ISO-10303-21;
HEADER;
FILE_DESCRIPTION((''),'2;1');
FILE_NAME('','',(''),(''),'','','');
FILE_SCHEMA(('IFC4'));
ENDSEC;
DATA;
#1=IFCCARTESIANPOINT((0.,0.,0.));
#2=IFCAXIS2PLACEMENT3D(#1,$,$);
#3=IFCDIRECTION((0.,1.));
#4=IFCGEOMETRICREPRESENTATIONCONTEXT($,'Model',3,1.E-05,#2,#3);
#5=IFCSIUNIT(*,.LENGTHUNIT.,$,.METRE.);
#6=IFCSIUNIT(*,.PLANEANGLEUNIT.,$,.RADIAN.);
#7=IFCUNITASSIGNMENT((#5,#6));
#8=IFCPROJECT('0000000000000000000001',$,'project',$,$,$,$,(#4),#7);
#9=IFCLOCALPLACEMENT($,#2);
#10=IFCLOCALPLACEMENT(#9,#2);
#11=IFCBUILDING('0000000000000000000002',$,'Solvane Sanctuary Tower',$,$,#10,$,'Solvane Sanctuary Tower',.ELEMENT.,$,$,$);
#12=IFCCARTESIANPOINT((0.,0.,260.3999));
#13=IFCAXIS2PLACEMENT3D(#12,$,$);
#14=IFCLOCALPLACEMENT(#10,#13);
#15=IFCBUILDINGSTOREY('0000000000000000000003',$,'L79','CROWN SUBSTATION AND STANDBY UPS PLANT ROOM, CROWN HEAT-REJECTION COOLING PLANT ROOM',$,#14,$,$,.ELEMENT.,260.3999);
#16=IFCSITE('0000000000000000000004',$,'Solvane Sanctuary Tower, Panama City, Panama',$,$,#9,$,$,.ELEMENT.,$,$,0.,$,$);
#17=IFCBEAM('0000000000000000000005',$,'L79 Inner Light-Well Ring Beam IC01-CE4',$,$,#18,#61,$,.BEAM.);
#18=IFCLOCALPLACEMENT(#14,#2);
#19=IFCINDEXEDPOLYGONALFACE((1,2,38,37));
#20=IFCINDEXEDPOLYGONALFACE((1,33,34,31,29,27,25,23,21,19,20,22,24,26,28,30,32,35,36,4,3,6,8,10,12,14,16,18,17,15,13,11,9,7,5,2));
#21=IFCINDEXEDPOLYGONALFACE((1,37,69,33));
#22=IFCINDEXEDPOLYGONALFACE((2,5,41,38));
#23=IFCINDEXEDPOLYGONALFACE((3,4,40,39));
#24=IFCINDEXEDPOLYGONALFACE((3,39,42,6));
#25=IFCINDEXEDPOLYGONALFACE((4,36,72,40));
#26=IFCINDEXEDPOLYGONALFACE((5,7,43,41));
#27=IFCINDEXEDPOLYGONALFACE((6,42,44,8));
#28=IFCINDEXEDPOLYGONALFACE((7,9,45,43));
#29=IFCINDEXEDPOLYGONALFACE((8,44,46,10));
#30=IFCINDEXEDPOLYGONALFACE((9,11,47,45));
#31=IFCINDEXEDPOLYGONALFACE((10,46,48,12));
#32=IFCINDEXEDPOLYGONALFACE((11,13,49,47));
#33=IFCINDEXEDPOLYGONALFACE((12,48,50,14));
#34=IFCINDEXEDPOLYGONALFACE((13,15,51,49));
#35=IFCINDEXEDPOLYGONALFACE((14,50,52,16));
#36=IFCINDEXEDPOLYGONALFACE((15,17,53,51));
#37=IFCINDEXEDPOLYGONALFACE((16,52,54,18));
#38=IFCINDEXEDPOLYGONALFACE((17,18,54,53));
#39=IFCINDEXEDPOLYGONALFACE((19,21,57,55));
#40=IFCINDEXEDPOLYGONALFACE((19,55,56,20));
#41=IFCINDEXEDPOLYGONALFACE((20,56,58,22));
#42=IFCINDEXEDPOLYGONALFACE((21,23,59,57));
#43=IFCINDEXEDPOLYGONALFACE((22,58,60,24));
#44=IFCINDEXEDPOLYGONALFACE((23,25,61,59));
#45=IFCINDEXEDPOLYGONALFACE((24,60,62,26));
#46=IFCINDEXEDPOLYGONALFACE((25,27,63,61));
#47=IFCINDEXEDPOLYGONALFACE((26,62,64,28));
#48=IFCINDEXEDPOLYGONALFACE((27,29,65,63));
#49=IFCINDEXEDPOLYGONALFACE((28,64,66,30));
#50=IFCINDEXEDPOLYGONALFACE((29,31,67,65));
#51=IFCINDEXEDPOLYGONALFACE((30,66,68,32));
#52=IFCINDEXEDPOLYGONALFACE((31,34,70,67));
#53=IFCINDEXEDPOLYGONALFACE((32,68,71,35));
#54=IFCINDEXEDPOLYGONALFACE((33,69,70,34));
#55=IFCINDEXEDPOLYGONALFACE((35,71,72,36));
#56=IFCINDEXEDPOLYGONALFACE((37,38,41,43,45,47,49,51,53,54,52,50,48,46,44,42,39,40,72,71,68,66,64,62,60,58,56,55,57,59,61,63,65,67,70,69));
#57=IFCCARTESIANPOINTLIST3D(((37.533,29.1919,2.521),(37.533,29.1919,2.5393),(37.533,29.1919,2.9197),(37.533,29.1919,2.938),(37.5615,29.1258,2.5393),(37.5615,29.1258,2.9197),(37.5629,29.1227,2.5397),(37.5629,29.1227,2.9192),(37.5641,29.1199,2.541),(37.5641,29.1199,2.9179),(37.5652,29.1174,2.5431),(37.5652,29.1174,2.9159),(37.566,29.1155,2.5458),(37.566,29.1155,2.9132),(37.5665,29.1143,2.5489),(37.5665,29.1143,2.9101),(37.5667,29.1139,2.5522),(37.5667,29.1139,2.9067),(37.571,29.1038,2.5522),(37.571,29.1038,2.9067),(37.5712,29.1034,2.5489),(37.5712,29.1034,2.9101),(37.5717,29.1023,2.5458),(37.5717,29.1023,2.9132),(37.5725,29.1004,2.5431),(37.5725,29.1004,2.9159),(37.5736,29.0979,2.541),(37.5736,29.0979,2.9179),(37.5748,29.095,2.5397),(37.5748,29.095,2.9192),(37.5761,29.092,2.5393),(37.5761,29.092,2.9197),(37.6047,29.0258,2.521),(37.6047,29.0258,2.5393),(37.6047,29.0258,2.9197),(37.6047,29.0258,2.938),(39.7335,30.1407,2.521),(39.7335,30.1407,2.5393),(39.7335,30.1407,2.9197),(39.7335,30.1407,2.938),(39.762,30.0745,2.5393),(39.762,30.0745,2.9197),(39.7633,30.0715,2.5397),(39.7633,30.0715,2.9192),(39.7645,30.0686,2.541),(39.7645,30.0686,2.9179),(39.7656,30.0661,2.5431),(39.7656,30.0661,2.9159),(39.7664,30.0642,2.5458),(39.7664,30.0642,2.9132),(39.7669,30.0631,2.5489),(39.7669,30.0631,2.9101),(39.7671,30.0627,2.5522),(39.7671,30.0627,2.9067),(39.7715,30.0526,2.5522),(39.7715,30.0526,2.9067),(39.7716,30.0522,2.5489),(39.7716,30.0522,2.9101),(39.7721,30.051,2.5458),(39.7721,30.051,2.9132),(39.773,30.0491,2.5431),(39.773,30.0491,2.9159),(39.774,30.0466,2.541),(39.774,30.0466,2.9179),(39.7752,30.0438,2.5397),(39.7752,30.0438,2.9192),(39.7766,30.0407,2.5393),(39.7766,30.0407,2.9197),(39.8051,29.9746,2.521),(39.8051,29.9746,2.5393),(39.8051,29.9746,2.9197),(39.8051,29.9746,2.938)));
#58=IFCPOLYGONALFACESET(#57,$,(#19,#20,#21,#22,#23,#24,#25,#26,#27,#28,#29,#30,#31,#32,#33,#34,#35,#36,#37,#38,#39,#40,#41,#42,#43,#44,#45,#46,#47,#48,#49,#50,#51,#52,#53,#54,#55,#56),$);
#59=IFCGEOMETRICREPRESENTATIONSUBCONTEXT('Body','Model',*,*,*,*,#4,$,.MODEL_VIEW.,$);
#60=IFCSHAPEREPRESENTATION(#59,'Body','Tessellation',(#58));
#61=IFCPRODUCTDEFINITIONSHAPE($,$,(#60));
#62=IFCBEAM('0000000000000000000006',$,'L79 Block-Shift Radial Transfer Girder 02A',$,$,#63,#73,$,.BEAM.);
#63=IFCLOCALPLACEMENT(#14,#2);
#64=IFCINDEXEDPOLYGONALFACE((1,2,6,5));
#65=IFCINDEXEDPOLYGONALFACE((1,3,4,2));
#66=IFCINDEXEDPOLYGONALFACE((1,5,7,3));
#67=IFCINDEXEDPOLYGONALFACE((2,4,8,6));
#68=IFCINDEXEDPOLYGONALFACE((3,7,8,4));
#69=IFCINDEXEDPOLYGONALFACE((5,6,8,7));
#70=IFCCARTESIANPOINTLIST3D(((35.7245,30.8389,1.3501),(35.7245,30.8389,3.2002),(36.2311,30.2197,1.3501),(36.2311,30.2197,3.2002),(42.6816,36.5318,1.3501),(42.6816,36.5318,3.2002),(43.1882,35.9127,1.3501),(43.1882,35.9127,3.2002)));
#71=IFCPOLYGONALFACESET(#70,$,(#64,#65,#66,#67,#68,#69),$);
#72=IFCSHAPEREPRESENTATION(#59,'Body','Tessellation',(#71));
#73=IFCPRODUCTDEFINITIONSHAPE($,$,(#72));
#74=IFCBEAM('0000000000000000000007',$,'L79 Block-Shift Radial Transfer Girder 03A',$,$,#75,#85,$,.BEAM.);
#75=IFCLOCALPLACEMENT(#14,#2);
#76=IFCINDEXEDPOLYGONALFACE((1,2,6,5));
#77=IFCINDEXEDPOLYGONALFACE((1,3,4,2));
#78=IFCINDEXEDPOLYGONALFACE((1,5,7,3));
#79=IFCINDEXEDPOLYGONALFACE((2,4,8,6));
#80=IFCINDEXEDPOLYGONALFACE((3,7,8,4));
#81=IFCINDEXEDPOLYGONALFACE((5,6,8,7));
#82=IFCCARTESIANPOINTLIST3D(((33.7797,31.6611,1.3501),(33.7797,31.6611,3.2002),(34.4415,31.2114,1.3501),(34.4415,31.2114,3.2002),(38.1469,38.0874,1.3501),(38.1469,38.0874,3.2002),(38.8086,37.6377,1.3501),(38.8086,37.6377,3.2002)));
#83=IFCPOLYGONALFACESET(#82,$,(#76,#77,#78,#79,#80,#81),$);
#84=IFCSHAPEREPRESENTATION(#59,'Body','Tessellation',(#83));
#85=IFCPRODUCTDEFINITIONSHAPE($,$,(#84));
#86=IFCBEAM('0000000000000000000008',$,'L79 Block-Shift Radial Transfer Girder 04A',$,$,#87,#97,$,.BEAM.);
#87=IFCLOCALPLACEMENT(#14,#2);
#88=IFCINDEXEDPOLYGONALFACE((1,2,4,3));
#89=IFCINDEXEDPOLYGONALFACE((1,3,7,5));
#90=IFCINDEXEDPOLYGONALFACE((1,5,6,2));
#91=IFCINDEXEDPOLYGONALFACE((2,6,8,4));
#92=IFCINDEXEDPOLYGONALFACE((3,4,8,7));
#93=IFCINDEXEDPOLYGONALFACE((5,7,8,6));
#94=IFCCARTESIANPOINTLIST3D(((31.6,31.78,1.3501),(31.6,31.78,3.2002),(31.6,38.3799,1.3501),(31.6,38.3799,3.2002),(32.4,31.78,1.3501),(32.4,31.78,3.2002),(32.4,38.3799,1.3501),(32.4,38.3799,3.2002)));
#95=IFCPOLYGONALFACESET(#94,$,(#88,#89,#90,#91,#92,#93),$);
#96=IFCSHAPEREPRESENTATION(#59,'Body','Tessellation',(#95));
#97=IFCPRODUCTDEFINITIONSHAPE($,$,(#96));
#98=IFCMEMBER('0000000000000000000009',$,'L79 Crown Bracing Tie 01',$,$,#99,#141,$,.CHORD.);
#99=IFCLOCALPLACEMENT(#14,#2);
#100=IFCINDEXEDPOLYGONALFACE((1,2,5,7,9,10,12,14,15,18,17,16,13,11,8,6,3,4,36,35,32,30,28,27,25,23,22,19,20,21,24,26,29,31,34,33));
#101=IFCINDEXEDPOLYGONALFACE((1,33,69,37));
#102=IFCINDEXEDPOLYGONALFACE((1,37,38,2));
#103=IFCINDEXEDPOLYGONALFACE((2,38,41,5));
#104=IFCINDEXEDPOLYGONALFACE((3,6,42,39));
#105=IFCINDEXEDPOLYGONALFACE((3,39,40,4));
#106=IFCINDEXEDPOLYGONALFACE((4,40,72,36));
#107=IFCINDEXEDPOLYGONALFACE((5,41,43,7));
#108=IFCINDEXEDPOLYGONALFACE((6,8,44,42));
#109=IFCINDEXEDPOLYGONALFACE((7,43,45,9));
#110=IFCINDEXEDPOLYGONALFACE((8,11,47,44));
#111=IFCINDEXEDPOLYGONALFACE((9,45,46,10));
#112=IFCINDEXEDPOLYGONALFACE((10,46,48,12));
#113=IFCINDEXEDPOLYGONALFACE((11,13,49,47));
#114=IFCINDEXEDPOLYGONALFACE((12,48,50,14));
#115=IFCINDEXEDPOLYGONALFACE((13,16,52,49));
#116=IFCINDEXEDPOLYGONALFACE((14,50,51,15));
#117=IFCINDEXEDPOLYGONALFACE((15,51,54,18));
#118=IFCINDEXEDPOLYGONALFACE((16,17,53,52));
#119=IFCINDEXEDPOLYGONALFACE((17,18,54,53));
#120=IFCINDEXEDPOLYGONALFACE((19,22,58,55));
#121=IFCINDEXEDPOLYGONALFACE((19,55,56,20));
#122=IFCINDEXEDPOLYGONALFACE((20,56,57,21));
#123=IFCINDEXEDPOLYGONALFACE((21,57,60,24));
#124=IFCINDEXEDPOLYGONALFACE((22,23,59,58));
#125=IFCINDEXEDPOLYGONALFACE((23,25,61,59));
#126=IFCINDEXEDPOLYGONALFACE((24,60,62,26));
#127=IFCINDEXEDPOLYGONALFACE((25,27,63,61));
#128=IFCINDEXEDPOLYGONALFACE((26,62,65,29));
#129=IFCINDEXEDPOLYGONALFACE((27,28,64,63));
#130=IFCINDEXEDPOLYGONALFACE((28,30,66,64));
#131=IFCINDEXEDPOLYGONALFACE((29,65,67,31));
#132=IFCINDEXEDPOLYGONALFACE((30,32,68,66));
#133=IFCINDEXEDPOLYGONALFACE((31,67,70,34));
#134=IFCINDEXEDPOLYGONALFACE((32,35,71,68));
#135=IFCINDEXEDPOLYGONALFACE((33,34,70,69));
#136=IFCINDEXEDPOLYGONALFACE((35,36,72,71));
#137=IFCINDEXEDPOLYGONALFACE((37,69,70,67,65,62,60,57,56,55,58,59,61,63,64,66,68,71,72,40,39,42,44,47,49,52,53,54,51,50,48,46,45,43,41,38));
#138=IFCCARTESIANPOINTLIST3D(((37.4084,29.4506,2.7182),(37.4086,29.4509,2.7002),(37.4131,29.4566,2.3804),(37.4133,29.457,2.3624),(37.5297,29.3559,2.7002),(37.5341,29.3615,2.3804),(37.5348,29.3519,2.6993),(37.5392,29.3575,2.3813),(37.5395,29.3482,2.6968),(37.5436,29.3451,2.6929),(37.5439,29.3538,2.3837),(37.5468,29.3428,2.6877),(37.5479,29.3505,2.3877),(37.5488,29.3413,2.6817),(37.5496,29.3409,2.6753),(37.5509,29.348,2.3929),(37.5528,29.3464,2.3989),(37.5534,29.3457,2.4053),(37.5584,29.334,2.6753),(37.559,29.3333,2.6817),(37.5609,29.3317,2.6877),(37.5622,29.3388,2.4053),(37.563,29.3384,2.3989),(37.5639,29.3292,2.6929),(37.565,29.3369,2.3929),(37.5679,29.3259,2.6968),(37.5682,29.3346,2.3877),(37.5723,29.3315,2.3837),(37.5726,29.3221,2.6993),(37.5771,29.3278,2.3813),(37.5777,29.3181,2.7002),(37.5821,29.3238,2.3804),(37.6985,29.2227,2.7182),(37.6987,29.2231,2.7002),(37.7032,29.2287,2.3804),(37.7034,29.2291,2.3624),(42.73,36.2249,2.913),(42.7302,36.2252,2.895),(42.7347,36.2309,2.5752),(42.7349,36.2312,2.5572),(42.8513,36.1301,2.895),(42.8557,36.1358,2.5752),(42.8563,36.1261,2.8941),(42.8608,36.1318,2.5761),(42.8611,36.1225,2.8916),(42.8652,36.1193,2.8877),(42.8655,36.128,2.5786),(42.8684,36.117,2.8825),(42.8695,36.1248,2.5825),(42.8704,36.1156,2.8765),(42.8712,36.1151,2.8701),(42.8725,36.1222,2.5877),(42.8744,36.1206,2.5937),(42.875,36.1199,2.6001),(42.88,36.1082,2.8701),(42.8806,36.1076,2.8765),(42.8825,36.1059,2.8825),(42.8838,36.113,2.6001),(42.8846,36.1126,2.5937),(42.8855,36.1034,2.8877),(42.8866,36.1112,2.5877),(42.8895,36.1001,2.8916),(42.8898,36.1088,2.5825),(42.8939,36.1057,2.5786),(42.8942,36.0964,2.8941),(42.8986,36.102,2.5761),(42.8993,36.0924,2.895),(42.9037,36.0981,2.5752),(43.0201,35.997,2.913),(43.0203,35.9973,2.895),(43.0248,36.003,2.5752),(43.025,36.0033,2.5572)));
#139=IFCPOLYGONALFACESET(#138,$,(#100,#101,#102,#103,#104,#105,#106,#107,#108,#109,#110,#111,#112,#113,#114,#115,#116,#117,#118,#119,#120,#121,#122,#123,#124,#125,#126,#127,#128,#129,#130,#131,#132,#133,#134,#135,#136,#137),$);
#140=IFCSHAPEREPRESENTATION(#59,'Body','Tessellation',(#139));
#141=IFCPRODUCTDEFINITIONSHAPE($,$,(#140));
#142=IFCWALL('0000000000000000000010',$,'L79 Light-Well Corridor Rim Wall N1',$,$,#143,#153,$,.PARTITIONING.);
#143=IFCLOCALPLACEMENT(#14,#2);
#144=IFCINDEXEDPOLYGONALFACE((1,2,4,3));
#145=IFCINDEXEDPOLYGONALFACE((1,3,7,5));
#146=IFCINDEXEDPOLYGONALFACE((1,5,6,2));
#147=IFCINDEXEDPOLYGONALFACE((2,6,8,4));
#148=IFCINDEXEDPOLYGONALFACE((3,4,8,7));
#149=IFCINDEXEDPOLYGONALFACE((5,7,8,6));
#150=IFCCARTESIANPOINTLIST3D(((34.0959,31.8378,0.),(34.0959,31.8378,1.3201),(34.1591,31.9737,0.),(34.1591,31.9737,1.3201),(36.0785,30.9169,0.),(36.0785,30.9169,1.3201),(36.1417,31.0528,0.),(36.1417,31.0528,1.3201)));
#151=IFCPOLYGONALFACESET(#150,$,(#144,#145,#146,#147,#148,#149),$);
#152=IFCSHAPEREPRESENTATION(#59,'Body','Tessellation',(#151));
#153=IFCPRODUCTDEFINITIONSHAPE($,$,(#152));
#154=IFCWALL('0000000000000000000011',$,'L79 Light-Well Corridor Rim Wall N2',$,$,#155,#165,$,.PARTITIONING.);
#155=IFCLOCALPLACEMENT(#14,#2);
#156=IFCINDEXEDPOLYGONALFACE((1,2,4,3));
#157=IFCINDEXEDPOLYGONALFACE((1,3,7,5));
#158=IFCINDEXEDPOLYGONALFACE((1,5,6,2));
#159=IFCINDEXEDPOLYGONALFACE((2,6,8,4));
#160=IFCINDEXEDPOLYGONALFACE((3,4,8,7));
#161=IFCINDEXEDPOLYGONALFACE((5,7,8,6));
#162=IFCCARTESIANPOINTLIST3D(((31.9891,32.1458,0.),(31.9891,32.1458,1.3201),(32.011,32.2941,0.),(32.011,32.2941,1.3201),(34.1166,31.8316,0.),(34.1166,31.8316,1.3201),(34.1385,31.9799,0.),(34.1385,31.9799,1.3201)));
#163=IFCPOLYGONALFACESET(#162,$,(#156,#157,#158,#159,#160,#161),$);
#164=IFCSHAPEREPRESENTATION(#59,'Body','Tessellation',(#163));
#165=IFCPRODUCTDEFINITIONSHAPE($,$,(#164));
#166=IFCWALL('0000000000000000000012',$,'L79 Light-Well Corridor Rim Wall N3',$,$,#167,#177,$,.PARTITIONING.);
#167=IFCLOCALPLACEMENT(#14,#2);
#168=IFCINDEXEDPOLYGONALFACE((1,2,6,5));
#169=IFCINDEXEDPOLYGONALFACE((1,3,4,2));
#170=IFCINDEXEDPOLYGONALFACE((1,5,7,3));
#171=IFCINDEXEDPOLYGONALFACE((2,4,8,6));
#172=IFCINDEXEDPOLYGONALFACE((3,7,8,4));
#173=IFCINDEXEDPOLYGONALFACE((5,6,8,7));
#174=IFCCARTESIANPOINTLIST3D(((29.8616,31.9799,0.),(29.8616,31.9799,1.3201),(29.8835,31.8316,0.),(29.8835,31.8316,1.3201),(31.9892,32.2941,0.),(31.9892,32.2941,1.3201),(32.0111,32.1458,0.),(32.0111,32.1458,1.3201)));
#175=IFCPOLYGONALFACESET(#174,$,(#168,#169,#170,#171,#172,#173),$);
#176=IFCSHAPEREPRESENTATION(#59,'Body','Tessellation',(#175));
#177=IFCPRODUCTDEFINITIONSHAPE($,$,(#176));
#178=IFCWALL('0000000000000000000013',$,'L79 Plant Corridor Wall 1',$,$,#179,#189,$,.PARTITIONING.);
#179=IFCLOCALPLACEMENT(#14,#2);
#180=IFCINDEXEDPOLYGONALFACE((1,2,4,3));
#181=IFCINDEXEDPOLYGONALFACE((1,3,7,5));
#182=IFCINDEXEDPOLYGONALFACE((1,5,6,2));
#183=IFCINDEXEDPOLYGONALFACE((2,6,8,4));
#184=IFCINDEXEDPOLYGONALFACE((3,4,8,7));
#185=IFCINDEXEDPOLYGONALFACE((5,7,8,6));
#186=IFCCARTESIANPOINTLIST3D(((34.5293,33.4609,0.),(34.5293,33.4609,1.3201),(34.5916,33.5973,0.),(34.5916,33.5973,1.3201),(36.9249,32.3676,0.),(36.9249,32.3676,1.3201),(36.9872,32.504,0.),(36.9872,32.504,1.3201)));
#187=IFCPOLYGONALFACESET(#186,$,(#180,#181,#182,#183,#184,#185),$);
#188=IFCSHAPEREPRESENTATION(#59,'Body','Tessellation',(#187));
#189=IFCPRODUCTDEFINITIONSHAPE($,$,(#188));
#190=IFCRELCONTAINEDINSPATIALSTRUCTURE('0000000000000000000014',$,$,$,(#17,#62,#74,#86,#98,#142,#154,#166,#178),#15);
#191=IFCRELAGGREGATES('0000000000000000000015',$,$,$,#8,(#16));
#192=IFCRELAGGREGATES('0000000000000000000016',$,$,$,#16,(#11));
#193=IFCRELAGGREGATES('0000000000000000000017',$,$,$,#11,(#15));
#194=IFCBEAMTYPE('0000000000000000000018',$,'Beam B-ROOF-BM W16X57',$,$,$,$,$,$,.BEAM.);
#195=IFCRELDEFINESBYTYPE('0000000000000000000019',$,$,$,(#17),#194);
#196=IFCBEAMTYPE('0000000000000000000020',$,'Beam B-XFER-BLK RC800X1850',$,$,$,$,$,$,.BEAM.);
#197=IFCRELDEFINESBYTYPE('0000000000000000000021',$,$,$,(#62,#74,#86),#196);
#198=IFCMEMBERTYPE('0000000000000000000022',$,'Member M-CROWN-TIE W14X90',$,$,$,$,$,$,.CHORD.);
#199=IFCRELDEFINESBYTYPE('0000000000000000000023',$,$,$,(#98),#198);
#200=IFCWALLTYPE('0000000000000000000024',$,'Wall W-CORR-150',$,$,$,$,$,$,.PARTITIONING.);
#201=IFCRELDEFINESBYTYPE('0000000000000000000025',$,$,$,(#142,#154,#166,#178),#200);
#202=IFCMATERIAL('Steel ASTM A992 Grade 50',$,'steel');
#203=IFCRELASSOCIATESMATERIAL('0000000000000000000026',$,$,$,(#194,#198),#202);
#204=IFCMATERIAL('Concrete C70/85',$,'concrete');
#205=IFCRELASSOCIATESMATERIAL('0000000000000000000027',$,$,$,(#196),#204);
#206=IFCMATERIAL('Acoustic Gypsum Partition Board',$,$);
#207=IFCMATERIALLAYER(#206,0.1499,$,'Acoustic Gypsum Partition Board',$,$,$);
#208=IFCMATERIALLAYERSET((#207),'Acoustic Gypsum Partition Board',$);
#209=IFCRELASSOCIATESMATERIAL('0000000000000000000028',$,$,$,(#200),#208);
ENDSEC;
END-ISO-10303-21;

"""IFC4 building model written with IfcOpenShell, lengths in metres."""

from ifc_helpers import new_model, si_unit, direction, frame, frame_2d, origin, origin_2d, place, context, subcontext, project, spatial, rectangle, i_section, extrude, material, layer, layer_set, material_profile, profile_set, type_object, element, save


model = new_model("IFC4")

# Units and contexts
model_context = context("Model", 3, precision=1e-05, world=origin(), true_north=direction((0.0, 1.0)))
body_context = subcontext(model_context, "Body", "Model", "MODEL_VIEW")
ifc_project = project(units=[si_unit("LENGTHUNIT", "METRE"), si_unit("PLANEANGLEUNIT", "RADIAN")], contexts=[model_context])

# Site, building, storey
site_placement = place(None, origin())
site = spatial("IfcSite", under=ifc_project, at=site_placement, Name="Solvane Sanctuary Tower, Panama City, Panama", CompositionType="ELEMENT", RefElevation=0.0)
building_placement = place(site_placement, origin())
building = spatial("IfcBuilding", under=site, at=building_placement, Name="Solvane Sanctuary Tower", LongName="Solvane Sanctuary Tower", CompositionType="ELEMENT")
storey_placement = place(building_placement, frame((0.0, 0.0, 260.3999)))
storey = spatial("IfcBuildingStorey", under=building, at=storey_placement, Name="L79", Description="CROWN SUBSTATION AND STANDBY UPS PLANT ROOM, CROWN HEAT-REJECTION COOLING PLANT ROOM", CompositionType="ELEMENT", Elevation=260.3999)

# Beams
ifc_material_1 = material(Name="Steel ASTM A992 Grade 50", Category="steel")
ifc_material_profile_1 = material_profile(ifc_material_1, i_section(OverallWidth=0.1809, OverallDepth=0.417, WebThickness=0.011, FlangeThickness=0.0183, FilletRadius=0.0129, at=origin_2d()), Name="W16X57")
ifc_profile_set_1 = profile_set([ifc_material_profile_1], Name="Steel ASTM A992 Grade 50")
beam_type_1 = type_object("IfcBeamType", Name="Beam B-ROOF-BM W16X57", PredefinedType="BEAM", material=ifc_profile_set_1)
beam_1_placement = place(storey_placement, frame((37.5688, 29.1089, 2.7295), z_axis=(0.918284, 0.395923, 0.0), x_axis=(-0.395923, 0.918284, 0.0)))
element("IfcBeam", 1, at=beam_1_placement, inside=storey, type_object=beam_type_1, Name="L79 Inner Light-Well Ring Beam IC01-CE4", PredefinedType="BEAM", context=body_context, shape_type="SweptSolid", body=[
    extrude(i_section(OverallWidth=0.1809, OverallDepth=0.417, WebThickness=0.011, FlangeThickness=0.0183, FilletRadius=0.0129, at=origin_2d()), origin(), (0.0, 0.0, 1.0), 2.3962),
])
ifc_material_2 = material(Name="Concrete C70/85", Category="concrete")
ifc_material_profile_2 = material_profile(ifc_material_2, rectangle(XDim=0.8, YDim=1.8501, at=origin_2d()), Name="RC800X1850")
ifc_profile_set_2 = profile_set([ifc_material_profile_2], Name="Concrete C70/85")
beam_type_2 = type_object("IfcBeamType", Name="Beam B-XFER-BLK RC800X1850", PredefinedType="BEAM", material=ifc_profile_set_2)
beam_2_placement = place(storey_placement, frame((35.9778, 30.5293, 2.2751), z_axis=(0.773916, 0.633288, 0.0), x_axis=(-0.633288, 0.773916, 0.0)))
element("IfcBeam", 2, at=beam_2_placement, inside=storey, type_object=beam_type_2, Name="L79 Block-Shift Radial Transfer Girder 02A", PredefinedType="BEAM", context=body_context, shape_type="SweptSolid", body=[
    extrude(rectangle(XDim=0.8, YDim=1.8501, at=origin_2d()), origin(), (0.0, 0.0, 1.0), 8.9895),
])
beam_3_placement = place(storey_placement, frame((34.1106, 31.4363, 2.2751), z_axis=(0.562075, 0.827087, 0.0), x_axis=(-0.827087, 0.562075, 0.0)))
element("IfcBeam", 3, at=beam_3_placement, inside=storey, type_object=beam_type_2, Name="L79 Block-Shift Radial Transfer Girder 03A", PredefinedType="BEAM", context=body_context, shape_type="SweptSolid", body=[
    extrude(rectangle(XDim=0.8, YDim=1.8501, at=origin_2d()), origin(), (0.0, 0.0, 1.0), 7.7698),
])
beam_4_placement = place(storey_placement, frame((32.0, 31.78, 2.2751), z_axis=(0.0, 1.0, 0.0), x_axis=(-1.0, 0.0, 0.0)))
element("IfcBeam", 4, at=beam_4_placement, inside=storey, type_object=beam_type_2, Name="L79 Block-Shift Radial Transfer Girder 04A", PredefinedType="BEAM", context=body_context, shape_type="SweptSolid", body=[
    extrude(rectangle(XDim=0.8, YDim=1.8501, at=origin_2d()), origin(), (0.0, 0.0, 1.0), 6.5999),
])

# Member
ifc_material_profile_3 = material_profile(ifc_material_1, i_section(OverallWidth=0.3689, OverallDepth=0.356, WebThickness=0.0112, FlangeThickness=0.0181, FilletRadius=0.0249, at=origin_2d()), Name="W14X90")
ifc_profile_set_3 = profile_set([ifc_material_profile_3], Name="Steel ASTM A992 Grade 50")
member_type = type_object("IfcMemberType", Name="Member M-CROWN-TIE W14X90", PredefinedType="CHORD", material=ifc_profile_set_3)
member_placement = place(storey_placement, frame((37.5559, 29.3398, 2.5403), z_axis=(0.61759, 0.786175, 0.02261), x_axis=(-0.786376, 0.617748, 0.0)))
element("IfcMember", 5, at=member_placement, inside=storey, type_object=member_type, Name="L79 Crown Bracing Tie 01", PredefinedType="CHORD", context=body_context, shape_type="SweptSolid", body=[
    extrude(i_section(OverallWidth=0.3689, OverallDepth=0.356, WebThickness=0.0112, FlangeThickness=0.0181, FilletRadius=0.0249, at=origin_2d()), origin(), (0.0, 0.0, 1.0), 8.6167),
])

# Walls
ifc_material_3 = material(Name="Acoustic Gypsum Partition Board")
ifc_layer_1 = layer(ifc_material_3, 0.1499, Name="Acoustic Gypsum Partition Board")
ifc_layer_set_1 = layer_set([ifc_layer_1], Name="Acoustic Gypsum Partition Board")
wall_type_1 = type_object("IfcWallType", Name="Wall W-CORR-150", PredefinedType="PARTITIONING", material=ifc_layer_set_1)
wall_1_placement = place(storey_placement, frame((36.1101, 30.9849, 0.0), z_axis=(0.0, 0.0, 1.0), x_axis=(-0.906943, 0.421252, 0.0)))
element("IfcWall", 6, at=wall_1_placement, inside=storey, type_object=wall_type_1, Name="L79 Light-Well Corridor Rim Wall N1", PredefinedType="PARTITIONING", context=body_context, shape_type="SweptSolid", body=[
    extrude(rectangle(XDim=2.186, YDim=0.1499, at=frame_2d((1.093, 0.0))), origin(), (0.0, 0.0, 1.0), 1.3201),
])
for number, where, z_axis, x_axis, name in (
    (7, (34.1274, 31.9058, 0.0), (0.0, 0.0, 1.0), (-0.989269, 0.146108, 0.0), "L79 Light-Well Corridor Rim Wall N2"),
    (8, (32.0, 32.22, 0.0), (0.0, 0.0, 1.0), (-0.989269, -0.146108, 0.0), "L79 Light-Well Corridor Rim Wall N3"),
):
    element("IfcWall", number, at=place(storey_placement, frame(where, z_axis=z_axis, x_axis=x_axis)), inside=storey, type_object=wall_type_1, Name=name, PredefinedType="PARTITIONING", context=body_context, shape_type="SweptSolid", body=[
        extrude(rectangle(XDim=2.1506, YDim=0.1499, at=frame_2d((1.0752, 0.0))), origin(), (0.0, 0.0, 1.0), 1.3201),
    ])
wall_2_placement = place(storey_placement, frame((36.9561, 32.4358, 0.0), z_axis=(0.0, 0.0, 1.0), x_axis=(-0.909737, 0.415186, 0.0)))
element("IfcWall", 9, at=wall_2_placement, inside=storey, type_object=wall_type_1, Name="L79 Plant Corridor Wall 1", PredefinedType="PARTITIONING", context=body_context, shape_type="SweptSolid", body=[
    extrude(rectangle(XDim=2.6333, YDim=0.1499, at=frame_2d((1.3167, 0.0))), origin(), (0.0, 0.0, 1.0), 1.3201),
])

save(model, "model.ifc")
